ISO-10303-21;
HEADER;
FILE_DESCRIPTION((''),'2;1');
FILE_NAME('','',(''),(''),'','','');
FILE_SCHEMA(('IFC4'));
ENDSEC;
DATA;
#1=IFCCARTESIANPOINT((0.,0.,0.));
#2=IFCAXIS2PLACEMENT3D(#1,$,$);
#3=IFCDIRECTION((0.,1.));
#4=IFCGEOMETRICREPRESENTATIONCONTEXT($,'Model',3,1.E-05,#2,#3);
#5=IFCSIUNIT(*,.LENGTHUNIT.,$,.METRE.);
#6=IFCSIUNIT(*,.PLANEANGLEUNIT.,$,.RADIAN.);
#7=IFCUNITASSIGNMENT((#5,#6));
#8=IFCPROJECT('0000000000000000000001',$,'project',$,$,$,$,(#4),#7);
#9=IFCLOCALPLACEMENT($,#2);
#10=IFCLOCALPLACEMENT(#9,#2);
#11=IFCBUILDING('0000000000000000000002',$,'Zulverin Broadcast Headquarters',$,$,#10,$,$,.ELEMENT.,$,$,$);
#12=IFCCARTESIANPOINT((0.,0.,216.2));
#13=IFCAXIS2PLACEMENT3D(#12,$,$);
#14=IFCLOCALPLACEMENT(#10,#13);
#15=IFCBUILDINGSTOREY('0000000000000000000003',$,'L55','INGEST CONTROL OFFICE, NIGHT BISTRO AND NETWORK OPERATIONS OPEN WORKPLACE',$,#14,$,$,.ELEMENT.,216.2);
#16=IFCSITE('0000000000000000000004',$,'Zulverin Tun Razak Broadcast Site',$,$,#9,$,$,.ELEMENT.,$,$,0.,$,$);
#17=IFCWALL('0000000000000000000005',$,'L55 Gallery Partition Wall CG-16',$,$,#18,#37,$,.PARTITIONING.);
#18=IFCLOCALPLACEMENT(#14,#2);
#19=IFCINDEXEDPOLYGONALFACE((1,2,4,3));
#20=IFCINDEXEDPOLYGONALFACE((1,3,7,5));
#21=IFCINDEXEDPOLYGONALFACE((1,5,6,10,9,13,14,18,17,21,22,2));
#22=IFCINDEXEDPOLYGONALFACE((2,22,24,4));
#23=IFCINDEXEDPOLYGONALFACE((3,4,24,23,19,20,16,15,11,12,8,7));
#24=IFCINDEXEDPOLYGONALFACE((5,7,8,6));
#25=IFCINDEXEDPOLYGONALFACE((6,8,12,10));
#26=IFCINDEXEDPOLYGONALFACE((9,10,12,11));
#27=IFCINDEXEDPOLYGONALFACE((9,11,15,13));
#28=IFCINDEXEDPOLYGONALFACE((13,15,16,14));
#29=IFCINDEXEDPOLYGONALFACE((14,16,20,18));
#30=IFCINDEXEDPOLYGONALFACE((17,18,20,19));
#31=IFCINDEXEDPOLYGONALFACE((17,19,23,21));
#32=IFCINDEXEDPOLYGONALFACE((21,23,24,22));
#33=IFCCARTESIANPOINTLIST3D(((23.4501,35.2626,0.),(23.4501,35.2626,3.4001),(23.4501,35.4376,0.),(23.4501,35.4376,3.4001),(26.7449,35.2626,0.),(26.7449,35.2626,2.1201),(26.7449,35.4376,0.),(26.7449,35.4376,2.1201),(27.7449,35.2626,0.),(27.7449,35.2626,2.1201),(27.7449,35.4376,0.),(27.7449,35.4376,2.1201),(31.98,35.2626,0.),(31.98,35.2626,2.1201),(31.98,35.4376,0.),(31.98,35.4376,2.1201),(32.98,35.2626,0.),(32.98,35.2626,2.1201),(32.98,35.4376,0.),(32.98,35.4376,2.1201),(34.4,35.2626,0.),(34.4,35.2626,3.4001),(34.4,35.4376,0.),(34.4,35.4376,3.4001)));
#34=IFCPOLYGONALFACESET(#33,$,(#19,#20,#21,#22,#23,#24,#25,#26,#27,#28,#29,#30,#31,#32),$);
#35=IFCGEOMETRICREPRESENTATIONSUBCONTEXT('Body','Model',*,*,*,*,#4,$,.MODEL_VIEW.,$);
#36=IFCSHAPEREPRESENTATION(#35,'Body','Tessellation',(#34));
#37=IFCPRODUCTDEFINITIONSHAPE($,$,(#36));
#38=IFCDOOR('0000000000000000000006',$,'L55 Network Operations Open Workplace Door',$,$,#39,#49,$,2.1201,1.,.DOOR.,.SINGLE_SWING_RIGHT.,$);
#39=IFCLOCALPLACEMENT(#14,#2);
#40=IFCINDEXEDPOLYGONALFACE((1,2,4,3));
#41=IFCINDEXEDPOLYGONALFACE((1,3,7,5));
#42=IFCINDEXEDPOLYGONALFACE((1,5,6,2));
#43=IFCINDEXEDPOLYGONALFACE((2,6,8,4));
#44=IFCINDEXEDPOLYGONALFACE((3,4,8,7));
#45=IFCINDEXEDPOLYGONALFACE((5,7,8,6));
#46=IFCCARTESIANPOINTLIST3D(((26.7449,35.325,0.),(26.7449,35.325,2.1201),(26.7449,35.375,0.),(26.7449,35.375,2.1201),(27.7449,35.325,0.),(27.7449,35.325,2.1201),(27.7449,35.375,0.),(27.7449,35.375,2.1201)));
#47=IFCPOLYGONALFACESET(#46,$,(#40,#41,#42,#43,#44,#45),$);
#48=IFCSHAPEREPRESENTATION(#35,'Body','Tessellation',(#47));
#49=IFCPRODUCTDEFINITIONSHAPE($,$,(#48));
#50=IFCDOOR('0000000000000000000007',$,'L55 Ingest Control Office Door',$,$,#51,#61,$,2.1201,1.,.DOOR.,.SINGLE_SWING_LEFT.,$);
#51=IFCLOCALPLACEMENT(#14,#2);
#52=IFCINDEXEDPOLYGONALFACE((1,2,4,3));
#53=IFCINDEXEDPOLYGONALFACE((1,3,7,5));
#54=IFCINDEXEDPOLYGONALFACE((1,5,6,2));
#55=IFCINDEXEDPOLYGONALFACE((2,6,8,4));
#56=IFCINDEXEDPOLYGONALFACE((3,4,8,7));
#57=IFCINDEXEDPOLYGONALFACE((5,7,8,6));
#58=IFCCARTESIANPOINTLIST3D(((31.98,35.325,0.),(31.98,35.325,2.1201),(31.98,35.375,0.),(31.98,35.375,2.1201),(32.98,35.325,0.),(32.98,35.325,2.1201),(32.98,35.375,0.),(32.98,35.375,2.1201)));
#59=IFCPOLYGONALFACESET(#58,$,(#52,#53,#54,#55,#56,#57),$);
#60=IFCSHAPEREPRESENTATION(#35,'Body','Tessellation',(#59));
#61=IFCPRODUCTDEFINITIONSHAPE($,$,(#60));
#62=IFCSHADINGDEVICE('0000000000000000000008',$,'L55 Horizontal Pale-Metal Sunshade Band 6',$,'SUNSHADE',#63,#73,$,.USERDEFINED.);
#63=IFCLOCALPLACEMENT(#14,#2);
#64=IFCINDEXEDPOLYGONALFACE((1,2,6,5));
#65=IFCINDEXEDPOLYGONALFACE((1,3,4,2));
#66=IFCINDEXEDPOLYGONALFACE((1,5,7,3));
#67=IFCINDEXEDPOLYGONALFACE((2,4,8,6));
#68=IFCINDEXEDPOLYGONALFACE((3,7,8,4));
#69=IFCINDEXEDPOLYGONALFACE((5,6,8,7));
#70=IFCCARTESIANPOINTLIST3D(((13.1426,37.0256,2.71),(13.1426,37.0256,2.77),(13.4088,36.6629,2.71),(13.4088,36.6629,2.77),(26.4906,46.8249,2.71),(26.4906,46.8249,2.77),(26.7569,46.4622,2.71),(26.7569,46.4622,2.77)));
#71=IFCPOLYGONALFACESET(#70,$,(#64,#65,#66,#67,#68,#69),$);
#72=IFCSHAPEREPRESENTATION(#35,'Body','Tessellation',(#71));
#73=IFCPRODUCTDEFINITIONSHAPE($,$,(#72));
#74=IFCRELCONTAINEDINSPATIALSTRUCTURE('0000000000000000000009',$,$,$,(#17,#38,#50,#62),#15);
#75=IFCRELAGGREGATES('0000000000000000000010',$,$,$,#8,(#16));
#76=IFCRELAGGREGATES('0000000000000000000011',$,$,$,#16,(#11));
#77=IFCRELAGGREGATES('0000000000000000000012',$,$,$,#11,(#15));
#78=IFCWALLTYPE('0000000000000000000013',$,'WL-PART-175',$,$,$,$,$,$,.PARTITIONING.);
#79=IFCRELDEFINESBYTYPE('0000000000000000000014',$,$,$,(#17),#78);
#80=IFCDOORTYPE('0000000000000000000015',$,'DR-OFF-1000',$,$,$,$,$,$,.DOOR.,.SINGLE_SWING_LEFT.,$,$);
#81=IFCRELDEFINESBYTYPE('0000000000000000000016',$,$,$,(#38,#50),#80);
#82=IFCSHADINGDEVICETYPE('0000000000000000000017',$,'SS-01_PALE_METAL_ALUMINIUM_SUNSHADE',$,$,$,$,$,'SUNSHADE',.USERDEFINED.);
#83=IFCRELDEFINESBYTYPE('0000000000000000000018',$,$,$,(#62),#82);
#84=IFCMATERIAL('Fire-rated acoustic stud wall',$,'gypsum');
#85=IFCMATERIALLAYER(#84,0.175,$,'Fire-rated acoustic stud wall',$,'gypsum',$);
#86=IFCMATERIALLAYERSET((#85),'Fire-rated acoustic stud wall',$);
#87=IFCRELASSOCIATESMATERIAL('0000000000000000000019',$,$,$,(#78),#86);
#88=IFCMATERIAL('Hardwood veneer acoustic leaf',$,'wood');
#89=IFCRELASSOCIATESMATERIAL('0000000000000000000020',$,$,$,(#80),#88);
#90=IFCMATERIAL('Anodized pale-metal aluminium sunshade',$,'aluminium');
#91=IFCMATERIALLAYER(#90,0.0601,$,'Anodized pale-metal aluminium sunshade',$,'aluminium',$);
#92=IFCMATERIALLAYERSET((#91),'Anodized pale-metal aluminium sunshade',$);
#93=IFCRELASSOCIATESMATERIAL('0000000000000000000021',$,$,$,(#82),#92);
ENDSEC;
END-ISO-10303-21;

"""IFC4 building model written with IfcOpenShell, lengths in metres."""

from ifc_helpers import new_model, si_unit, direction, frame, frame_2d, origin, origin_2d, place, context, subcontext, project, spatial, rectangle, extrude, material, layer, layer_set, type_object, element, fill, save


model = new_model("IFC4")

# Units and contexts
model_context = context("Model", 3, precision=1e-05, world=origin(), true_north=direction((0.0, 1.0)))
body_context = subcontext(model_context, "Body", "Model", "MODEL_VIEW")
ifc_project = project(units=[si_unit("LENGTHUNIT", "METRE"), si_unit("PLANEANGLEUNIT", "RADIAN")], contexts=[model_context])

# Site, building, storey
site_placement = place(None, origin())
site = spatial("IfcSite", under=ifc_project, at=site_placement, Name="Zulverin Tun Razak Broadcast Site", CompositionType="ELEMENT", RefElevation=0.0)
building_placement = place(site_placement, origin())
building = spatial("IfcBuilding", under=site, at=building_placement, Name="Zulverin Broadcast Headquarters", CompositionType="ELEMENT")
storey_placement = place(building_placement, frame((0.0, 0.0, 216.2)))
storey = spatial("IfcBuildingStorey", under=building, at=storey_placement, Name="L55", Description="INGEST CONTROL OFFICE, NIGHT BISTRO AND NETWORK OPERATIONS OPEN WORKPLACE", CompositionType="ELEMENT", Elevation=216.2)

# Wall, openings, doors
ifc_material_1 = material(Name="Fire-rated acoustic stud wall", Category="gypsum")
ifc_layer_1 = layer(ifc_material_1, 0.175, Name="Fire-rated acoustic stud wall", Category="gypsum")
ifc_layer_set_1 = layer_set([ifc_layer_1], Name="Fire-rated acoustic stud wall")
wall_type_1 = type_object("IfcWallType", Name="WL-PART-175", PredefinedType="PARTITIONING", material=ifc_layer_set_1)
wall_1_placement = place(storey_placement, frame((23.45, 35.3501, 0.0), z_axis=(0.0, 0.0, 1.0), x_axis=(1.0, 0.0, 0.0)))
wall_1 = element("IfcWall", 1, at=wall_1_placement, inside=storey, type_object=wall_type_1, Name="L55 Gallery Partition Wall CG-16", PredefinedType="PARTITIONING", context=body_context, shape_type="SweptSolid", body=[
    extrude(rectangle(XDim=10.95, YDim=0.175, at=frame_2d((5.4751, 0.0))), origin(), (0.0, 0.0, 1.0), 3.4001),
])
opening_1_placement = place(wall_1_placement, frame((3.2949, 0.0, 0.0)))
opening_1 = element("IfcOpeningElement", 2, at=opening_1_placement, cuts=wall_1, PredefinedType="OPENING", context=body_context, shape_type="SweptSolid", body=[
    extrude(rectangle(XDim=1.0, YDim=2.1201, at=frame_2d((0.5, 1.0601))), frame((0.0, 0.0974, 0.0), z_axis=(0.0, -1.0, 0.0), x_axis=(1.0, 0.0, 0.0)), (0.0, 0.0, 1.0), 0.1951),
])
opening_2_placement = place(wall_1_placement, frame((8.53, 0.0, 0.0)))
opening_2 = element("IfcOpeningElement", 3, at=opening_2_placement, cuts=wall_1, PredefinedType="OPENING", context=body_context, shape_type="SweptSolid", body=[
    extrude(rectangle(XDim=1.0, YDim=2.1201, at=frame_2d((0.5, 1.0601))), frame((0.0, 0.0974, 0.0), z_axis=(0.0, -1.0, 0.0), x_axis=(1.0, 0.0, 0.0)), (0.0, 0.0, 1.0), 0.1951),
])
ifc_material_2 = material(Name="Hardwood veneer acoustic leaf", Category="wood")
door_type_1 = type_object("IfcDoorType", Name="DR-OFF-1000", OperationType="SINGLE_SWING_LEFT", PredefinedType="DOOR", material=ifc_material_2)
door_1_placement = place(opening_1_placement, origin())
door_1 = element("IfcDoor", 4, at=door_1_placement, inside=storey, type_object=door_type_1, Name="L55 Network Operations Open Workplace Door", OperationType="SINGLE_SWING_RIGHT", OverallHeight=2.1201, OverallWidth=1.0, PredefinedType="DOOR", context=body_context, shape_type="SweptSolid", body=[
    extrude(rectangle(XDim=1.0, YDim=2.1201, at=frame_2d((0.5, 1.0601))), frame((0.0, 0.0249, 0.0), z_axis=(0.0, -1.0, 0.0), x_axis=(1.0, 0.0, 0.0)), (0.0, 0.0, 1.0), 0.05),
])
fill(opening_1, door_1)
door_2_placement = place(opening_2_placement, origin())
door_2 = element("IfcDoor", 5, at=door_2_placement, inside=storey, type_object=door_type_1, Name="L55 Ingest Control Office Door", OperationType="SINGLE_SWING_LEFT", OverallHeight=2.1201, OverallWidth=1.0, PredefinedType="DOOR", context=body_context, shape_type="SweptSolid", body=[
    extrude(rectangle(XDim=1.0, YDim=2.1201, at=frame_2d((0.5, 1.0601))), frame((0.0, 0.0249, 0.0), z_axis=(0.0, -1.0, 0.0), x_axis=(1.0, 0.0, 0.0)), (0.0, 0.0, 1.0), 0.05),
])
fill(opening_2, door_2)

# Shading device
ifc_material_3 = material(Name="Anodized pale-metal aluminium sunshade", Category="aluminium")
ifc_layer_2 = layer(ifc_material_3, 0.0601, Name="Anodized pale-metal aluminium sunshade", Category="aluminium")
ifc_layer_set_2 = layer_set([ifc_layer_2], Name="Anodized pale-metal aluminium sunshade")
shading_device_type = type_object("IfcShadingDeviceType", Name="SS-01_PALE_METAL_ALUMINIUM_SUNSHADE", ElementType="SUNSHADE", PredefinedType="USERDEFINED", material=ifc_layer_set_2)
shading_device_placement = place(storey_placement, frame((19.9497, 41.7439, 2.71), z_axis=(0.0, 0.0, 1.0), x_axis=(-0.806097, -0.591784, 0.0)))
element("IfcShadingDevice", 6, at=shading_device_placement, inside=storey, type_object=shading_device_type, Name="L55 Horizontal Pale-Metal Sunshade Band 6", ObjectType="SUNSHADE", PredefinedType="USERDEFINED", context=body_context, shape_type="SweptSolid", body=[
    extrude(rectangle(XDim=16.5588, YDim=0.45, at=origin_2d()), origin(), (0.0, 0.0, 1.0), 0.0601),
])

save(model, "model.ifc")
